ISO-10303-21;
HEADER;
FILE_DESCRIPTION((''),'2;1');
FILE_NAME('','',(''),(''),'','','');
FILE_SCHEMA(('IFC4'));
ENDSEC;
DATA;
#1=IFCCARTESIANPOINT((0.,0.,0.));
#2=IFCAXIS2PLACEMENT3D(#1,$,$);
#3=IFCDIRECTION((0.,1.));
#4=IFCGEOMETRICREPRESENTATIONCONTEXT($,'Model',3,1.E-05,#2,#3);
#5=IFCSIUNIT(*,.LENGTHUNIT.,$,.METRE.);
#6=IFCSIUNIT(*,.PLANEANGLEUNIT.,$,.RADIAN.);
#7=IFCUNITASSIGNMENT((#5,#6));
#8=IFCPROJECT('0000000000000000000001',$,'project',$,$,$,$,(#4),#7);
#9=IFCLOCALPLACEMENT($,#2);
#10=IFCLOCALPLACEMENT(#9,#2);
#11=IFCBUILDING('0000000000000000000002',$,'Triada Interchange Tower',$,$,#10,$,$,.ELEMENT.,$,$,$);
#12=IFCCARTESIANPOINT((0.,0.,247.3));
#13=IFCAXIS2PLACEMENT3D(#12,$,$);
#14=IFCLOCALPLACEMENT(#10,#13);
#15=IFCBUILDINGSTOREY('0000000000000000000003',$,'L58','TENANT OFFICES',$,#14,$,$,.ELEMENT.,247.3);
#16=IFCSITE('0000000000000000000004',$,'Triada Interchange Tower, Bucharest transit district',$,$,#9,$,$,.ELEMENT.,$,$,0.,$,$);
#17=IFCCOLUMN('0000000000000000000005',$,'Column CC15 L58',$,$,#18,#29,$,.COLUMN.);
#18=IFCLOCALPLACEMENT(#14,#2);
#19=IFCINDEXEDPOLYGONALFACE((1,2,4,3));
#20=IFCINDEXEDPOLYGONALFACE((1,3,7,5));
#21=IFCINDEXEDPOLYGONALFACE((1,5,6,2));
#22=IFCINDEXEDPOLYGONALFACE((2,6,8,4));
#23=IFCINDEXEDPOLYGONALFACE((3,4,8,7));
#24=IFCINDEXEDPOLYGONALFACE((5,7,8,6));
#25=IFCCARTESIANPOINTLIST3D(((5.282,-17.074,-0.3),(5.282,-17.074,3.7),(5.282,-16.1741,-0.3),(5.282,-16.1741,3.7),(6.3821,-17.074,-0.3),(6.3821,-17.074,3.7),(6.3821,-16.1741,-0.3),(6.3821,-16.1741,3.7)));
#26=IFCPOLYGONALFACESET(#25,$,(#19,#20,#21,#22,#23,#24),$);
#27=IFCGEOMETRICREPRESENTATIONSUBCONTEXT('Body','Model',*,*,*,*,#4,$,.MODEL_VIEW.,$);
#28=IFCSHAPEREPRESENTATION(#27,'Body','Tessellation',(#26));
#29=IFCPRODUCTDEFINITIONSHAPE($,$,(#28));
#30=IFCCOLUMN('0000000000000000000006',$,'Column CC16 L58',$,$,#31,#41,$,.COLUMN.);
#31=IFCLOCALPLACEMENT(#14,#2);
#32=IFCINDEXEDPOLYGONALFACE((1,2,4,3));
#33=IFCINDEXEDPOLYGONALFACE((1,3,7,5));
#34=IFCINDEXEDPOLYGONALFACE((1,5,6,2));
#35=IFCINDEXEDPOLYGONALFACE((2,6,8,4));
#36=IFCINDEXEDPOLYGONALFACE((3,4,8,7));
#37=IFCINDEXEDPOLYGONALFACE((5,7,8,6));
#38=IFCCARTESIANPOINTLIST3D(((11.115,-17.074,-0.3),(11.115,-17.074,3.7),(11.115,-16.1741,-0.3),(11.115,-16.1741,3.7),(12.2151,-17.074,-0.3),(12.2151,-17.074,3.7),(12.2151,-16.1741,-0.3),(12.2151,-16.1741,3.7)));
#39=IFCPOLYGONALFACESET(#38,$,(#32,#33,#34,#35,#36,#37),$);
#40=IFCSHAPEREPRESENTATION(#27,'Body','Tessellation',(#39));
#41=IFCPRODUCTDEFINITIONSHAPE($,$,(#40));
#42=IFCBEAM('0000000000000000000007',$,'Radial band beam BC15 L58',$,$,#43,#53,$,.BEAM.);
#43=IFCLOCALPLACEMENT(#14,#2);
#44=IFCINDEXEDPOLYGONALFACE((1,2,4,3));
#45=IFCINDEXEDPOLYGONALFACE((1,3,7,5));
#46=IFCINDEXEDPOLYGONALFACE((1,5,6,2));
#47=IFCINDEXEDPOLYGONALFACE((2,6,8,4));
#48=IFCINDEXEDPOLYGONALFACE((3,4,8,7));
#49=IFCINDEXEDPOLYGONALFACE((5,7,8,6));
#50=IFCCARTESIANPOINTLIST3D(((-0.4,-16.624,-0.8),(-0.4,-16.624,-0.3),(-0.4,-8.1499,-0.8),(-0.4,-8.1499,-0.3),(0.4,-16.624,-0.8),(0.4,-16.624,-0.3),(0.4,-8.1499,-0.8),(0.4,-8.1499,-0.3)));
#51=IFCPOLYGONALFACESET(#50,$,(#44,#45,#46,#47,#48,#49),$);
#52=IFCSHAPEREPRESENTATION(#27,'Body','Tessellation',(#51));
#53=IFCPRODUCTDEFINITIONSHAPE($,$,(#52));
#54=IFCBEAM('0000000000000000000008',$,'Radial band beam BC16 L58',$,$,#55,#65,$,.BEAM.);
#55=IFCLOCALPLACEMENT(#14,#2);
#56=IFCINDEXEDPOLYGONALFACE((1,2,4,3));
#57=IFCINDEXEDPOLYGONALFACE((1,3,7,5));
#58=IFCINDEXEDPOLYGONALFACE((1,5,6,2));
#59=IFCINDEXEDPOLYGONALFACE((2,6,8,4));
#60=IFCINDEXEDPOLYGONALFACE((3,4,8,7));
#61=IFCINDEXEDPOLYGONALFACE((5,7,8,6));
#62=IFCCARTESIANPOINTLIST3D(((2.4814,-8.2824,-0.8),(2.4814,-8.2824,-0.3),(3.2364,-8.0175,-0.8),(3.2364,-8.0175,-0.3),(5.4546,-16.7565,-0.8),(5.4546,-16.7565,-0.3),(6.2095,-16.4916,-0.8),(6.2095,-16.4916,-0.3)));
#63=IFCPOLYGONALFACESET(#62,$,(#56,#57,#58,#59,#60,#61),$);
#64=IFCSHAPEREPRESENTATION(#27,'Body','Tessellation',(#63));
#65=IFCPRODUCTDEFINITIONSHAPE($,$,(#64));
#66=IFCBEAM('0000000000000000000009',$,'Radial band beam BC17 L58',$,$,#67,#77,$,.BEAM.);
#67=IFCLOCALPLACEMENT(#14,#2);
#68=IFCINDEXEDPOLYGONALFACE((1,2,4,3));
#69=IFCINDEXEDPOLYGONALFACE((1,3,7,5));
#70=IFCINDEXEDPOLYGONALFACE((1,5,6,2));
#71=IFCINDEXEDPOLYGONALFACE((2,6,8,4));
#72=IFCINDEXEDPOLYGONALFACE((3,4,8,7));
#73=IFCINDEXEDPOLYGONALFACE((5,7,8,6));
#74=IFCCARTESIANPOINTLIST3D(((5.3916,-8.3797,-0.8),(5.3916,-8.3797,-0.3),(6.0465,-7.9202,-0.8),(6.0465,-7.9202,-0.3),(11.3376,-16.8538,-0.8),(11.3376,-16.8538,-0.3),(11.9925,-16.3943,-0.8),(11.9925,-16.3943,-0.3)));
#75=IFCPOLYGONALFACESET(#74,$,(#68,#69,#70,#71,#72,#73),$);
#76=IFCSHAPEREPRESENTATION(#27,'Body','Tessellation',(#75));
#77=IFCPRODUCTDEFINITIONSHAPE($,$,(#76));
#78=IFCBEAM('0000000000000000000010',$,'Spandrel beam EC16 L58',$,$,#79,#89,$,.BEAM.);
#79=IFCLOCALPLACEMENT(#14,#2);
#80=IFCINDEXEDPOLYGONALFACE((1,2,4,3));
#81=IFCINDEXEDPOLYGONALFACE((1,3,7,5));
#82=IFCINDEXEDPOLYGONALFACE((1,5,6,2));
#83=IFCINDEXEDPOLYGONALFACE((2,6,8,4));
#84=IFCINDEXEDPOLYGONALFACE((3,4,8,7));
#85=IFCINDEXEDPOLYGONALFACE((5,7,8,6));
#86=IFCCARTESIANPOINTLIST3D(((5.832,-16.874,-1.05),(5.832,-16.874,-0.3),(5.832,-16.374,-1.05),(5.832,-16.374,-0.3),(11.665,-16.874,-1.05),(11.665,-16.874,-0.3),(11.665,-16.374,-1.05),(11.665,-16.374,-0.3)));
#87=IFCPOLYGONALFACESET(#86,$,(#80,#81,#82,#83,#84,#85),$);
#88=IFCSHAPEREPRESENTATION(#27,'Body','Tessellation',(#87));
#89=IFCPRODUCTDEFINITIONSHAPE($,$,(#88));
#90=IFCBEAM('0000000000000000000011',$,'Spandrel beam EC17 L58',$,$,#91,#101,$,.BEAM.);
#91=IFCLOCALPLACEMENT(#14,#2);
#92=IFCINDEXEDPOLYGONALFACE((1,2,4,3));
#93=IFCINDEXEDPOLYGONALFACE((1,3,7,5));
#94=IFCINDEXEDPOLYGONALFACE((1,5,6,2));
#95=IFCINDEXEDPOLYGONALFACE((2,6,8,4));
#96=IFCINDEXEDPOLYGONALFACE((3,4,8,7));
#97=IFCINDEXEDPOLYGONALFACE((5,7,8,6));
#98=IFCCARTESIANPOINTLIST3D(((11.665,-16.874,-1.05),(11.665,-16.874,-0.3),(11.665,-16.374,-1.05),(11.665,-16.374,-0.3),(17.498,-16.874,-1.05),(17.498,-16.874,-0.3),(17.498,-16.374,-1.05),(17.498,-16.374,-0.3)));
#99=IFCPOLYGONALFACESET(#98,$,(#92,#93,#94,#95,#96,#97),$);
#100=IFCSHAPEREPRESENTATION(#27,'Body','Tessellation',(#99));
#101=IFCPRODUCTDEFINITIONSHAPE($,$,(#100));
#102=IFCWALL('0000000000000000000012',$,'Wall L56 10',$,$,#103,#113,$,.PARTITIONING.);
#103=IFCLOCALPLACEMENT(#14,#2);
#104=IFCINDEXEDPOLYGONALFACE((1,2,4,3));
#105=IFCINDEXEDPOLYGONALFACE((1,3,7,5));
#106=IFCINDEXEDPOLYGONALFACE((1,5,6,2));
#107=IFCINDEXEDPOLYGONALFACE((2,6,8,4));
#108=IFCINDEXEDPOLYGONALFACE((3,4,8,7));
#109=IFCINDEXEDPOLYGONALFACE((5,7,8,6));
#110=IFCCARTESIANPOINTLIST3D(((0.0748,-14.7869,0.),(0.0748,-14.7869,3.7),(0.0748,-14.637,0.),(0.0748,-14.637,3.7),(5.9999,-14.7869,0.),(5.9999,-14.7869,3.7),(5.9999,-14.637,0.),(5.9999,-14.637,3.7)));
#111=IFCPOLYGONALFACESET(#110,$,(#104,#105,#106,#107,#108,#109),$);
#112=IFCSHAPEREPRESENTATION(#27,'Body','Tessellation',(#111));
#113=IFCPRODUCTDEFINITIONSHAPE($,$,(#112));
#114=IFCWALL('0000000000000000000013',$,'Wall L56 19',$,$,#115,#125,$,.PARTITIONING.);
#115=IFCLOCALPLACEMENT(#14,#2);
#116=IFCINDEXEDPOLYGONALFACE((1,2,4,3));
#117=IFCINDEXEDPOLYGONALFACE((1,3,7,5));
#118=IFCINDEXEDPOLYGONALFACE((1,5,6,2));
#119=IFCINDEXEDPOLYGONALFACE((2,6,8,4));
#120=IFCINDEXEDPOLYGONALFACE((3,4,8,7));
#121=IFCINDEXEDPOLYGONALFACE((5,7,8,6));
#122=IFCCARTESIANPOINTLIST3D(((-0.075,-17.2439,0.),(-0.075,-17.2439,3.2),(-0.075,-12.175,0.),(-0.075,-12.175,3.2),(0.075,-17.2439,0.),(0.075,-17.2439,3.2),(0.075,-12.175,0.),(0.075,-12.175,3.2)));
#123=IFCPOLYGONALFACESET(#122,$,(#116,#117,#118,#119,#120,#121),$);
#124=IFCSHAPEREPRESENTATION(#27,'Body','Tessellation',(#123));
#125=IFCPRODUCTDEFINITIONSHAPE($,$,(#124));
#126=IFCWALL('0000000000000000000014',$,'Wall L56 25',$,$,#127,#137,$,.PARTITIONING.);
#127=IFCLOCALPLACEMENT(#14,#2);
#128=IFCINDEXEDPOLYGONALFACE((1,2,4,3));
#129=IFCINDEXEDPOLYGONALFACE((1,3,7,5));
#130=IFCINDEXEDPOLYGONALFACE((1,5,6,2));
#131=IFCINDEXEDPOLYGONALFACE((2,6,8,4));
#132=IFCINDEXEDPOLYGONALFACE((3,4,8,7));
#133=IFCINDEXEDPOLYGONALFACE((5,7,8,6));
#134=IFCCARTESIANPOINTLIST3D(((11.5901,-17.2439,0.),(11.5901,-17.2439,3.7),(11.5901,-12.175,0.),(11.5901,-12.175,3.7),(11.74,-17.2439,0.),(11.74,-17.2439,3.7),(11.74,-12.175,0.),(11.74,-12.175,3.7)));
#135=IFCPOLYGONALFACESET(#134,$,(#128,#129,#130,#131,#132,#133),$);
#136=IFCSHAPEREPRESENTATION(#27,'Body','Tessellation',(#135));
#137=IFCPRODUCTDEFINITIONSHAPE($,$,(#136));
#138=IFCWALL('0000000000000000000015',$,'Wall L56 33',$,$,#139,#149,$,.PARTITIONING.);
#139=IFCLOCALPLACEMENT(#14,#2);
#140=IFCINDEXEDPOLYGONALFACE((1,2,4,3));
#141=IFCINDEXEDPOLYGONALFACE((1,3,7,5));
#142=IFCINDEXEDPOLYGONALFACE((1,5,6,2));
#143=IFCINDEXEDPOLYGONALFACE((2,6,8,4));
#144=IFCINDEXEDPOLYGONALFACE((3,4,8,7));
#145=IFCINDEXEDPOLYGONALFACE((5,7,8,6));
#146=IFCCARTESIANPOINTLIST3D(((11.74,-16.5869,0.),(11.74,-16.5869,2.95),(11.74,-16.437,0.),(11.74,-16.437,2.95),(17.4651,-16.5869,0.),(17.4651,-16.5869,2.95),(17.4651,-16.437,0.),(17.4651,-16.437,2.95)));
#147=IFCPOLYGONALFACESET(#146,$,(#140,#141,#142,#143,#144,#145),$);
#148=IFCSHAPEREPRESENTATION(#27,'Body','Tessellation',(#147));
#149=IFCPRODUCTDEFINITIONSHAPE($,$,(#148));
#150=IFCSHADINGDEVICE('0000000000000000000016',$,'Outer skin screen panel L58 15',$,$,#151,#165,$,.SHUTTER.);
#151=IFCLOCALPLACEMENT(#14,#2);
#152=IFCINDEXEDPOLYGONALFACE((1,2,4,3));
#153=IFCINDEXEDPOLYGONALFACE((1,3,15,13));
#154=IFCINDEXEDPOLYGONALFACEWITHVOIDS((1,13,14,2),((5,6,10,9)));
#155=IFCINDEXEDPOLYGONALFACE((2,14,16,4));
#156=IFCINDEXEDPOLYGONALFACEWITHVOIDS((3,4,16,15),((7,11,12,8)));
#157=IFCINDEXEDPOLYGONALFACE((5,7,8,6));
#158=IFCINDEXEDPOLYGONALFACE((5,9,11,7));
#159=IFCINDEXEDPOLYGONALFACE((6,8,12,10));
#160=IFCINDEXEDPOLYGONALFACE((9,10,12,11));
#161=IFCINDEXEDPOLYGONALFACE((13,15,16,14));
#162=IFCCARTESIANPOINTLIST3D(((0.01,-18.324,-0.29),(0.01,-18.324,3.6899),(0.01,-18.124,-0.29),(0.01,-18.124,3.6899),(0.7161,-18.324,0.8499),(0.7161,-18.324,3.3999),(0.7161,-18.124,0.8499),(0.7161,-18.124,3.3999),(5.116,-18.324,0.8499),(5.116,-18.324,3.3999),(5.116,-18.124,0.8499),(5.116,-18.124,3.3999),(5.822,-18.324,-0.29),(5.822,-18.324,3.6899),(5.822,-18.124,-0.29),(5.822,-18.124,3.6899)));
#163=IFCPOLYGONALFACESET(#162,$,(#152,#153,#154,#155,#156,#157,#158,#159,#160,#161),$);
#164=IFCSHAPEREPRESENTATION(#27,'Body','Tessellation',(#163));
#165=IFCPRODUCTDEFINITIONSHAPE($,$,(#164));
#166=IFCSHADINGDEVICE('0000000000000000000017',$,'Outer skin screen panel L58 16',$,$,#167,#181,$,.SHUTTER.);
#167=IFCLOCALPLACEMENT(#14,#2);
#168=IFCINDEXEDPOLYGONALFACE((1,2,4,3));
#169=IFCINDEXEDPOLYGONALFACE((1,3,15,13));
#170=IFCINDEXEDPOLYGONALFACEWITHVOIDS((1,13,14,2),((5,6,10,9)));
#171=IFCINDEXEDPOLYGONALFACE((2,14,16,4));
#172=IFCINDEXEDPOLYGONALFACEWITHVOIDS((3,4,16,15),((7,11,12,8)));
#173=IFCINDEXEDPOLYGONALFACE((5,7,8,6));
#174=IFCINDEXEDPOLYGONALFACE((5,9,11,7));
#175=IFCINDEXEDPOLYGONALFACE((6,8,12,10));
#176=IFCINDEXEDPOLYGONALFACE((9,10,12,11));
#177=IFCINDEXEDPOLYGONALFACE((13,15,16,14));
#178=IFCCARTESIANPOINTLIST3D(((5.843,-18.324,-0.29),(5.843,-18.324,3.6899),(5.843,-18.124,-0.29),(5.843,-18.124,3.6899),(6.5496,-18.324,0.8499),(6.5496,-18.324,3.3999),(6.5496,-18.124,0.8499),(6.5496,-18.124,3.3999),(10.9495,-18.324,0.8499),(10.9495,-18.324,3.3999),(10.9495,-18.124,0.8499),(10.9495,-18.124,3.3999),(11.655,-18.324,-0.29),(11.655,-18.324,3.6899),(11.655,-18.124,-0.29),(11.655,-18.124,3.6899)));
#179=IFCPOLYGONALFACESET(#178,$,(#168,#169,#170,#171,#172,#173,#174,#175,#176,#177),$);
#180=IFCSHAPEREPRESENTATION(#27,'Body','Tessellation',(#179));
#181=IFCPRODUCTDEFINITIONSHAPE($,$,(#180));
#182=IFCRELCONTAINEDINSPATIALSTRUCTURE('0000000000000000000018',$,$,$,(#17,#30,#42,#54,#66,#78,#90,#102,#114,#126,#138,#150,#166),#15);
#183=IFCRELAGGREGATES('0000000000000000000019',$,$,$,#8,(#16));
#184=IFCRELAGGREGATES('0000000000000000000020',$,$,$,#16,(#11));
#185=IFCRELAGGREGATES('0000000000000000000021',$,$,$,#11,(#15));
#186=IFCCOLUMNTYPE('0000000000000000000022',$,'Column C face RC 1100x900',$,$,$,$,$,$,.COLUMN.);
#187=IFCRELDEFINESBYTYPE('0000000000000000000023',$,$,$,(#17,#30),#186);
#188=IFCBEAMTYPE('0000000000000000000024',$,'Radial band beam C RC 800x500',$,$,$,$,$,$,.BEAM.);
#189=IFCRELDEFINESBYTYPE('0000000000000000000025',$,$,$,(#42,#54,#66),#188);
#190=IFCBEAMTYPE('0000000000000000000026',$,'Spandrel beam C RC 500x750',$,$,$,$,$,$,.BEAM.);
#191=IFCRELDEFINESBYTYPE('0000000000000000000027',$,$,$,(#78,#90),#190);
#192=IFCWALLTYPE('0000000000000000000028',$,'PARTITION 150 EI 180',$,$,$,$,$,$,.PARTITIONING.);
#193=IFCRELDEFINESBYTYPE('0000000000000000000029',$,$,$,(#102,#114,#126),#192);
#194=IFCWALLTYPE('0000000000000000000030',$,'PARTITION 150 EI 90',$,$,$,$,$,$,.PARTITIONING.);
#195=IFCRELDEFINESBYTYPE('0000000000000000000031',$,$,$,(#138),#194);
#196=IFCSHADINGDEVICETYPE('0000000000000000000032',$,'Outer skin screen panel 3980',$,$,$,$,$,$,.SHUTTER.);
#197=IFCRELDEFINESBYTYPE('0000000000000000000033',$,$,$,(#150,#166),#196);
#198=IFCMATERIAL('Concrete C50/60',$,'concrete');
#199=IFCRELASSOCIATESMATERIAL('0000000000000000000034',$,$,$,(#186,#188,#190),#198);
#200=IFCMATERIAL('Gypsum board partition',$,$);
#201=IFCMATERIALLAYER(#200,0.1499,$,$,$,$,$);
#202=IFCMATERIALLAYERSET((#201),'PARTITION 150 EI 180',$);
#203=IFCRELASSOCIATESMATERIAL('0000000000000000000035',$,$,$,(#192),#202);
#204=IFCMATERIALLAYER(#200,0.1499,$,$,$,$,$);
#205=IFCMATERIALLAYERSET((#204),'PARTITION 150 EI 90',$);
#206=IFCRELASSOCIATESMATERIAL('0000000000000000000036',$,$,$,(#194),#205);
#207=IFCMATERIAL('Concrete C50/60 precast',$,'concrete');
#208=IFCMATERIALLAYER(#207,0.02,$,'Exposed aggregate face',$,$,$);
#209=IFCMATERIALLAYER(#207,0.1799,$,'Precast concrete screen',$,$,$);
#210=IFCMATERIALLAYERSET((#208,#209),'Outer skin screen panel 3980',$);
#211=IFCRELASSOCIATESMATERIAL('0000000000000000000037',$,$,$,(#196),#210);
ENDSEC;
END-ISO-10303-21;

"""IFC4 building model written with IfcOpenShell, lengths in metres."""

from ifc_helpers import new_model, si_unit, direction, frame, frame_2d, origin, origin_2d, place, context, subcontext, project, spatial, polyline, rectangle, outline, extrude, material, layer, layer_set, material_profile, profile_set, type_object, element, save


model = new_model("IFC4")

# Units and contexts
model_context = context("Model", 3, precision=1e-05, world=origin(), true_north=direction((0.0, 1.0)))
body_context = subcontext(model_context, "Body", "Model", "MODEL_VIEW")
ifc_project = project(units=[si_unit("LENGTHUNIT", "METRE"), si_unit("PLANEANGLEUNIT", "RADIAN")], contexts=[model_context])

# Site, building, storey
site_placement = place(None, origin())
site = spatial("IfcSite", under=ifc_project, at=site_placement, Name="Triada Interchange Tower, Bucharest transit district", CompositionType="ELEMENT", RefElevation=0.0)
building_placement = place(site_placement, origin())
building = spatial("IfcBuilding", under=site, at=building_placement, Name="Triada Interchange Tower", CompositionType="ELEMENT")
storey_placement = place(building_placement, frame((0.0, 0.0, 247.3)))
storey = spatial("IfcBuildingStorey", under=building, at=storey_placement, Name="L58", Description="TENANT OFFICES", CompositionType="ELEMENT", Elevation=247.3)

# Columns
ifc_material_1 = material(Name="Concrete C50/60", Category="concrete")
ifc_material_profile_1 = material_profile(ifc_material_1, rectangle(XDim=1.1001, YDim=0.8999, at=origin_2d()), Name="RC 1100x900")
ifc_profile_set_1 = profile_set([ifc_material_profile_1], Name="Concrete C50/60")
column_type = type_object("IfcColumnType", Name="Column C face RC 1100x900", PredefinedType="COLUMN", material=ifc_profile_set_1)
for number, where, z_axis, x_axis, name in (
    (1, (5.832, -16.624, -0.3), (0.0, 0.0, 1.0), (1.0, 0.0, 0.0), "Column CC15 L58"),
    (2, (11.665, -16.624, -0.3), (0.0, 0.0, 1.0), (1.0, 0.0, 0.0), "Column CC16 L58"),
):
    element("IfcColumn", number, at=place(storey_placement, frame(where, z_axis=z_axis, x_axis=x_axis)), inside=storey, type_object=column_type, Name=name, PredefinedType="COLUMN", context=body_context, shape_type="SweptSolid", body=[
        extrude(rectangle(XDim=1.1001, YDim=0.8999, at=origin_2d()), origin(), (0.0, 0.0, 1.0), 4.0),
    ])

# Beams
ifc_material_profile_2 = material_profile(ifc_material_1, rectangle(XDim=0.8, YDim=0.5, at=origin_2d()), Name="RC 800x500")
ifc_profile_set_2 = profile_set([ifc_material_profile_2], Name="Concrete C50/60")
beam_type_1 = type_object("IfcBeamType", Name="Radial band beam C RC 800x500", PredefinedType="BEAM", material=ifc_profile_set_2)
beam_1_placement = place(storey_placement, frame((0.0, -16.624, -0.55), z_axis=(0.0, 1.0, 0.0), x_axis=(-1.0, 0.0, 0.0)))
element("IfcBeam", 3, at=beam_1_placement, inside=storey, type_object=beam_type_1, Name="Radial band beam BC15 L58", PredefinedType="BEAM", context=body_context, shape_type="SweptSolid", body=[
    extrude(rectangle(XDim=0.8, YDim=0.5, at=origin_2d()), origin(), (0.0, 0.0, 1.0), 8.4741),
])
beam_2_placement = place(storey_placement, frame((5.832, -16.624, -0.55), z_axis=(-0.331065, 0.943608, 0.0), x_axis=(-0.943608, -0.331065, 0.0)))
element("IfcBeam", 4, at=beam_2_placement, inside=storey, type_object=beam_type_1, Name="Radial band beam BC16 L58", PredefinedType="BEAM", context=body_context, shape_type="SweptSolid", body=[
    extrude(rectangle(XDim=0.8, YDim=0.5, at=origin_2d()), origin(), (0.0, 0.0, 1.0), 8.9805),
])
beam_3_placement = place(storey_placement, frame((11.665, -16.624, -0.55), z_axis=(-0.57438, 0.818589, 0.0), x_axis=(-0.818589, -0.57438, 0.0)))
element("IfcBeam", 5, at=beam_3_placement, inside=storey, type_object=beam_type_1, Name="Radial band beam BC17 L58", PredefinedType="BEAM", context=body_context, shape_type="SweptSolid", body=[
    extrude(rectangle(XDim=0.8, YDim=0.5, at=origin_2d()), origin(), (0.0, 0.0, 1.0), 10.3521),
])
ifc_material_profile_3 = material_profile(ifc_material_1, rectangle(XDim=0.5, YDim=0.75, at=origin_2d()), Name="RC 500x750")
ifc_profile_set_3 = profile_set([ifc_material_profile_3], Name="Concrete C50/60")
beam_type_2 = type_object("IfcBeamType", Name="Spandrel beam C RC 500x750", PredefinedType="BEAM", material=ifc_profile_set_3)
for number, where, z_axis, x_axis, name in (
    (6, (5.832, -16.624, -0.675), (1.0, 0.0, 0.0), (0.0, 1.0, 0.0), "Spandrel beam EC16 L58"),
    (7, (11.665, -16.624, -0.675), (1.0, 0.0, 0.0), (0.0, 1.0, 0.0), "Spandrel beam EC17 L58"),
):
    element("IfcBeam", number, at=place(storey_placement, frame(where, z_axis=z_axis, x_axis=x_axis)), inside=storey, type_object=beam_type_2, Name=name, PredefinedType="BEAM", context=body_context, shape_type="SweptSolid", body=[
        extrude(rectangle(XDim=0.5, YDim=0.75, at=origin_2d()), origin(), (0.0, 0.0, 1.0), 5.833),
    ])

# Walls
ifc_material_2 = material(Name="Gypsum board partition")
ifc_layer_1 = layer(ifc_material_2, 0.1499)
ifc_layer_set_1 = layer_set([ifc_layer_1], Name="PARTITION 150 EI 180")
wall_type_1 = type_object("IfcWallType", Name="PARTITION 150 EI 180", PredefinedType="PARTITIONING", material=ifc_layer_set_1)
wall_1_placement = place(storey_placement, frame((0.075, -14.7119, 0.0), z_axis=(0.0, 0.0, 1.0), x_axis=(1.0, 0.0, 0.0)))
element("IfcWall", 8, at=wall_1_placement, inside=storey, type_object=wall_type_1, Name="Wall L56 10", PredefinedType="PARTITIONING", context=body_context, shape_type="SweptSolid", body=[
    extrude(rectangle(XDim=5.925, YDim=0.1499, at=frame_2d((2.9624, 0.0))), origin(), (0.0, 0.0, 1.0), 3.7),
])
wall_2_placement = place(storey_placement, frame((0.0, -17.2439, 0.0), z_axis=(0.0, 0.0, 1.0), x_axis=(0.0, 1.0, 0.0)))
element("IfcWall", 9, at=wall_2_placement, inside=storey, type_object=wall_type_1, Name="Wall L56 19", PredefinedType="PARTITIONING", context=body_context, shape_type="SweptSolid", body=[
    extrude(rectangle(XDim=5.0688, YDim=0.1499, at=frame_2d((2.5344, 0.0))), origin(), (0.0, 0.0, 1.0), 3.2),
])
wall_3_placement = place(storey_placement, frame((11.665, -17.2439, 0.0), z_axis=(0.0, 0.0, 1.0), x_axis=(0.0, 1.0, 0.0)))
element("IfcWall", 10, at=wall_3_placement, inside=storey, type_object=wall_type_1, Name="Wall L56 25", PredefinedType="PARTITIONING", context=body_context, shape_type="SweptSolid", body=[
    extrude(rectangle(XDim=5.0688, YDim=0.1499, at=frame_2d((2.5344, 0.0))), origin(), (0.0, 0.0, 1.0), 3.7),
])
ifc_layer_2 = layer(ifc_material_2, 0.1499)
ifc_layer_set_2 = layer_set([ifc_layer_2], Name="PARTITION 150 EI 90")
wall_type_2 = type_object("IfcWallType", Name="PARTITION 150 EI 90", PredefinedType="PARTITIONING", material=ifc_layer_set_2)
wall_4_placement = place(storey_placement, frame((11.74, -16.512, 0.0), z_axis=(0.0, 0.0, 1.0), x_axis=(1.0, 0.0, 0.0)))
element("IfcWall", 11, at=wall_4_placement, inside=storey, type_object=wall_type_2, Name="Wall L56 33", PredefinedType="PARTITIONING", context=body_context, shape_type="SweptSolid", body=[
    extrude(rectangle(XDim=5.7251, YDim=0.1499, at=frame_2d((2.8625, 0.0))), origin(), (0.0, 0.0, 1.0), 2.95),
])

# Shading devices
ifc_material_3 = material(Name="Concrete C50/60 precast", Category="concrete")
ifc_layer_3 = layer(ifc_material_3, 0.02, Name="Exposed aggregate face")
ifc_layer_4 = layer(ifc_material_3, 0.1799, Name="Precast concrete screen")
ifc_layer_set_3 = layer_set([ifc_layer_3, ifc_layer_4], Name="Outer skin screen panel 3980")
shading_device_type = type_object("IfcShadingDeviceType", Name="Outer skin screen panel 3980", PredefinedType="SHUTTER", material=ifc_layer_set_3)
shading_device_1_placement = place(storey_placement, frame((0.01, -18.124, -0.29), z_axis=(0.0, 0.0, 1.0), x_axis=(1.0, 0.0, 0.0)))
element("IfcShadingDevice", 12, at=shading_device_1_placement, inside=storey, type_object=shading_device_type, Name="Outer skin screen panel L58 15", PredefinedType="SHUTTER", context=body_context, shape_type="SweptSolid", body=[
    extrude(outline(polyline([(0.0, 0.0), (5.812, 0.0), (5.812, 3.98), (0.0, 3.98), (0.0, 0.0)]), holes=[polyline([(0.7061, 1.1399), (0.7061, 3.6899), (5.106, 3.6899), (5.106, 1.1399), (0.7061, 1.1399)])]), frame((0.0, 0.0, 0.0), z_axis=(0.0, -1.0, 0.0), x_axis=(1.0, 0.0, 0.0)), (0.0, 0.0, 1.0), 0.2),
])
shading_device_2_placement = place(storey_placement, frame((5.843, -18.124, -0.29), z_axis=(0.0, 0.0, 1.0), x_axis=(1.0, 0.0, 0.0)))
element("IfcShadingDevice", 13, at=shading_device_2_placement, inside=storey, type_object=shading_device_type, Name="Outer skin screen panel L58 16", PredefinedType="SHUTTER", context=body_context, shape_type="SweptSolid", body=[
    extrude(outline(polyline([(0.0, 0.0), (5.812, 0.0), (5.812, 3.98), (0.0, 3.98), (0.0, 0.0)]), holes=[polyline([(0.7065, 1.1399), (0.7065, 3.6899), (5.1064, 3.6899), (5.1064, 1.1399), (0.7065, 1.1399)])]), frame((0.0, 0.0, 0.0), z_axis=(0.0, -1.0, 0.0), x_axis=(1.0, 0.0, 0.0)), (0.0, 0.0, 1.0), 0.2),
])

save(model, "model.ifc")
